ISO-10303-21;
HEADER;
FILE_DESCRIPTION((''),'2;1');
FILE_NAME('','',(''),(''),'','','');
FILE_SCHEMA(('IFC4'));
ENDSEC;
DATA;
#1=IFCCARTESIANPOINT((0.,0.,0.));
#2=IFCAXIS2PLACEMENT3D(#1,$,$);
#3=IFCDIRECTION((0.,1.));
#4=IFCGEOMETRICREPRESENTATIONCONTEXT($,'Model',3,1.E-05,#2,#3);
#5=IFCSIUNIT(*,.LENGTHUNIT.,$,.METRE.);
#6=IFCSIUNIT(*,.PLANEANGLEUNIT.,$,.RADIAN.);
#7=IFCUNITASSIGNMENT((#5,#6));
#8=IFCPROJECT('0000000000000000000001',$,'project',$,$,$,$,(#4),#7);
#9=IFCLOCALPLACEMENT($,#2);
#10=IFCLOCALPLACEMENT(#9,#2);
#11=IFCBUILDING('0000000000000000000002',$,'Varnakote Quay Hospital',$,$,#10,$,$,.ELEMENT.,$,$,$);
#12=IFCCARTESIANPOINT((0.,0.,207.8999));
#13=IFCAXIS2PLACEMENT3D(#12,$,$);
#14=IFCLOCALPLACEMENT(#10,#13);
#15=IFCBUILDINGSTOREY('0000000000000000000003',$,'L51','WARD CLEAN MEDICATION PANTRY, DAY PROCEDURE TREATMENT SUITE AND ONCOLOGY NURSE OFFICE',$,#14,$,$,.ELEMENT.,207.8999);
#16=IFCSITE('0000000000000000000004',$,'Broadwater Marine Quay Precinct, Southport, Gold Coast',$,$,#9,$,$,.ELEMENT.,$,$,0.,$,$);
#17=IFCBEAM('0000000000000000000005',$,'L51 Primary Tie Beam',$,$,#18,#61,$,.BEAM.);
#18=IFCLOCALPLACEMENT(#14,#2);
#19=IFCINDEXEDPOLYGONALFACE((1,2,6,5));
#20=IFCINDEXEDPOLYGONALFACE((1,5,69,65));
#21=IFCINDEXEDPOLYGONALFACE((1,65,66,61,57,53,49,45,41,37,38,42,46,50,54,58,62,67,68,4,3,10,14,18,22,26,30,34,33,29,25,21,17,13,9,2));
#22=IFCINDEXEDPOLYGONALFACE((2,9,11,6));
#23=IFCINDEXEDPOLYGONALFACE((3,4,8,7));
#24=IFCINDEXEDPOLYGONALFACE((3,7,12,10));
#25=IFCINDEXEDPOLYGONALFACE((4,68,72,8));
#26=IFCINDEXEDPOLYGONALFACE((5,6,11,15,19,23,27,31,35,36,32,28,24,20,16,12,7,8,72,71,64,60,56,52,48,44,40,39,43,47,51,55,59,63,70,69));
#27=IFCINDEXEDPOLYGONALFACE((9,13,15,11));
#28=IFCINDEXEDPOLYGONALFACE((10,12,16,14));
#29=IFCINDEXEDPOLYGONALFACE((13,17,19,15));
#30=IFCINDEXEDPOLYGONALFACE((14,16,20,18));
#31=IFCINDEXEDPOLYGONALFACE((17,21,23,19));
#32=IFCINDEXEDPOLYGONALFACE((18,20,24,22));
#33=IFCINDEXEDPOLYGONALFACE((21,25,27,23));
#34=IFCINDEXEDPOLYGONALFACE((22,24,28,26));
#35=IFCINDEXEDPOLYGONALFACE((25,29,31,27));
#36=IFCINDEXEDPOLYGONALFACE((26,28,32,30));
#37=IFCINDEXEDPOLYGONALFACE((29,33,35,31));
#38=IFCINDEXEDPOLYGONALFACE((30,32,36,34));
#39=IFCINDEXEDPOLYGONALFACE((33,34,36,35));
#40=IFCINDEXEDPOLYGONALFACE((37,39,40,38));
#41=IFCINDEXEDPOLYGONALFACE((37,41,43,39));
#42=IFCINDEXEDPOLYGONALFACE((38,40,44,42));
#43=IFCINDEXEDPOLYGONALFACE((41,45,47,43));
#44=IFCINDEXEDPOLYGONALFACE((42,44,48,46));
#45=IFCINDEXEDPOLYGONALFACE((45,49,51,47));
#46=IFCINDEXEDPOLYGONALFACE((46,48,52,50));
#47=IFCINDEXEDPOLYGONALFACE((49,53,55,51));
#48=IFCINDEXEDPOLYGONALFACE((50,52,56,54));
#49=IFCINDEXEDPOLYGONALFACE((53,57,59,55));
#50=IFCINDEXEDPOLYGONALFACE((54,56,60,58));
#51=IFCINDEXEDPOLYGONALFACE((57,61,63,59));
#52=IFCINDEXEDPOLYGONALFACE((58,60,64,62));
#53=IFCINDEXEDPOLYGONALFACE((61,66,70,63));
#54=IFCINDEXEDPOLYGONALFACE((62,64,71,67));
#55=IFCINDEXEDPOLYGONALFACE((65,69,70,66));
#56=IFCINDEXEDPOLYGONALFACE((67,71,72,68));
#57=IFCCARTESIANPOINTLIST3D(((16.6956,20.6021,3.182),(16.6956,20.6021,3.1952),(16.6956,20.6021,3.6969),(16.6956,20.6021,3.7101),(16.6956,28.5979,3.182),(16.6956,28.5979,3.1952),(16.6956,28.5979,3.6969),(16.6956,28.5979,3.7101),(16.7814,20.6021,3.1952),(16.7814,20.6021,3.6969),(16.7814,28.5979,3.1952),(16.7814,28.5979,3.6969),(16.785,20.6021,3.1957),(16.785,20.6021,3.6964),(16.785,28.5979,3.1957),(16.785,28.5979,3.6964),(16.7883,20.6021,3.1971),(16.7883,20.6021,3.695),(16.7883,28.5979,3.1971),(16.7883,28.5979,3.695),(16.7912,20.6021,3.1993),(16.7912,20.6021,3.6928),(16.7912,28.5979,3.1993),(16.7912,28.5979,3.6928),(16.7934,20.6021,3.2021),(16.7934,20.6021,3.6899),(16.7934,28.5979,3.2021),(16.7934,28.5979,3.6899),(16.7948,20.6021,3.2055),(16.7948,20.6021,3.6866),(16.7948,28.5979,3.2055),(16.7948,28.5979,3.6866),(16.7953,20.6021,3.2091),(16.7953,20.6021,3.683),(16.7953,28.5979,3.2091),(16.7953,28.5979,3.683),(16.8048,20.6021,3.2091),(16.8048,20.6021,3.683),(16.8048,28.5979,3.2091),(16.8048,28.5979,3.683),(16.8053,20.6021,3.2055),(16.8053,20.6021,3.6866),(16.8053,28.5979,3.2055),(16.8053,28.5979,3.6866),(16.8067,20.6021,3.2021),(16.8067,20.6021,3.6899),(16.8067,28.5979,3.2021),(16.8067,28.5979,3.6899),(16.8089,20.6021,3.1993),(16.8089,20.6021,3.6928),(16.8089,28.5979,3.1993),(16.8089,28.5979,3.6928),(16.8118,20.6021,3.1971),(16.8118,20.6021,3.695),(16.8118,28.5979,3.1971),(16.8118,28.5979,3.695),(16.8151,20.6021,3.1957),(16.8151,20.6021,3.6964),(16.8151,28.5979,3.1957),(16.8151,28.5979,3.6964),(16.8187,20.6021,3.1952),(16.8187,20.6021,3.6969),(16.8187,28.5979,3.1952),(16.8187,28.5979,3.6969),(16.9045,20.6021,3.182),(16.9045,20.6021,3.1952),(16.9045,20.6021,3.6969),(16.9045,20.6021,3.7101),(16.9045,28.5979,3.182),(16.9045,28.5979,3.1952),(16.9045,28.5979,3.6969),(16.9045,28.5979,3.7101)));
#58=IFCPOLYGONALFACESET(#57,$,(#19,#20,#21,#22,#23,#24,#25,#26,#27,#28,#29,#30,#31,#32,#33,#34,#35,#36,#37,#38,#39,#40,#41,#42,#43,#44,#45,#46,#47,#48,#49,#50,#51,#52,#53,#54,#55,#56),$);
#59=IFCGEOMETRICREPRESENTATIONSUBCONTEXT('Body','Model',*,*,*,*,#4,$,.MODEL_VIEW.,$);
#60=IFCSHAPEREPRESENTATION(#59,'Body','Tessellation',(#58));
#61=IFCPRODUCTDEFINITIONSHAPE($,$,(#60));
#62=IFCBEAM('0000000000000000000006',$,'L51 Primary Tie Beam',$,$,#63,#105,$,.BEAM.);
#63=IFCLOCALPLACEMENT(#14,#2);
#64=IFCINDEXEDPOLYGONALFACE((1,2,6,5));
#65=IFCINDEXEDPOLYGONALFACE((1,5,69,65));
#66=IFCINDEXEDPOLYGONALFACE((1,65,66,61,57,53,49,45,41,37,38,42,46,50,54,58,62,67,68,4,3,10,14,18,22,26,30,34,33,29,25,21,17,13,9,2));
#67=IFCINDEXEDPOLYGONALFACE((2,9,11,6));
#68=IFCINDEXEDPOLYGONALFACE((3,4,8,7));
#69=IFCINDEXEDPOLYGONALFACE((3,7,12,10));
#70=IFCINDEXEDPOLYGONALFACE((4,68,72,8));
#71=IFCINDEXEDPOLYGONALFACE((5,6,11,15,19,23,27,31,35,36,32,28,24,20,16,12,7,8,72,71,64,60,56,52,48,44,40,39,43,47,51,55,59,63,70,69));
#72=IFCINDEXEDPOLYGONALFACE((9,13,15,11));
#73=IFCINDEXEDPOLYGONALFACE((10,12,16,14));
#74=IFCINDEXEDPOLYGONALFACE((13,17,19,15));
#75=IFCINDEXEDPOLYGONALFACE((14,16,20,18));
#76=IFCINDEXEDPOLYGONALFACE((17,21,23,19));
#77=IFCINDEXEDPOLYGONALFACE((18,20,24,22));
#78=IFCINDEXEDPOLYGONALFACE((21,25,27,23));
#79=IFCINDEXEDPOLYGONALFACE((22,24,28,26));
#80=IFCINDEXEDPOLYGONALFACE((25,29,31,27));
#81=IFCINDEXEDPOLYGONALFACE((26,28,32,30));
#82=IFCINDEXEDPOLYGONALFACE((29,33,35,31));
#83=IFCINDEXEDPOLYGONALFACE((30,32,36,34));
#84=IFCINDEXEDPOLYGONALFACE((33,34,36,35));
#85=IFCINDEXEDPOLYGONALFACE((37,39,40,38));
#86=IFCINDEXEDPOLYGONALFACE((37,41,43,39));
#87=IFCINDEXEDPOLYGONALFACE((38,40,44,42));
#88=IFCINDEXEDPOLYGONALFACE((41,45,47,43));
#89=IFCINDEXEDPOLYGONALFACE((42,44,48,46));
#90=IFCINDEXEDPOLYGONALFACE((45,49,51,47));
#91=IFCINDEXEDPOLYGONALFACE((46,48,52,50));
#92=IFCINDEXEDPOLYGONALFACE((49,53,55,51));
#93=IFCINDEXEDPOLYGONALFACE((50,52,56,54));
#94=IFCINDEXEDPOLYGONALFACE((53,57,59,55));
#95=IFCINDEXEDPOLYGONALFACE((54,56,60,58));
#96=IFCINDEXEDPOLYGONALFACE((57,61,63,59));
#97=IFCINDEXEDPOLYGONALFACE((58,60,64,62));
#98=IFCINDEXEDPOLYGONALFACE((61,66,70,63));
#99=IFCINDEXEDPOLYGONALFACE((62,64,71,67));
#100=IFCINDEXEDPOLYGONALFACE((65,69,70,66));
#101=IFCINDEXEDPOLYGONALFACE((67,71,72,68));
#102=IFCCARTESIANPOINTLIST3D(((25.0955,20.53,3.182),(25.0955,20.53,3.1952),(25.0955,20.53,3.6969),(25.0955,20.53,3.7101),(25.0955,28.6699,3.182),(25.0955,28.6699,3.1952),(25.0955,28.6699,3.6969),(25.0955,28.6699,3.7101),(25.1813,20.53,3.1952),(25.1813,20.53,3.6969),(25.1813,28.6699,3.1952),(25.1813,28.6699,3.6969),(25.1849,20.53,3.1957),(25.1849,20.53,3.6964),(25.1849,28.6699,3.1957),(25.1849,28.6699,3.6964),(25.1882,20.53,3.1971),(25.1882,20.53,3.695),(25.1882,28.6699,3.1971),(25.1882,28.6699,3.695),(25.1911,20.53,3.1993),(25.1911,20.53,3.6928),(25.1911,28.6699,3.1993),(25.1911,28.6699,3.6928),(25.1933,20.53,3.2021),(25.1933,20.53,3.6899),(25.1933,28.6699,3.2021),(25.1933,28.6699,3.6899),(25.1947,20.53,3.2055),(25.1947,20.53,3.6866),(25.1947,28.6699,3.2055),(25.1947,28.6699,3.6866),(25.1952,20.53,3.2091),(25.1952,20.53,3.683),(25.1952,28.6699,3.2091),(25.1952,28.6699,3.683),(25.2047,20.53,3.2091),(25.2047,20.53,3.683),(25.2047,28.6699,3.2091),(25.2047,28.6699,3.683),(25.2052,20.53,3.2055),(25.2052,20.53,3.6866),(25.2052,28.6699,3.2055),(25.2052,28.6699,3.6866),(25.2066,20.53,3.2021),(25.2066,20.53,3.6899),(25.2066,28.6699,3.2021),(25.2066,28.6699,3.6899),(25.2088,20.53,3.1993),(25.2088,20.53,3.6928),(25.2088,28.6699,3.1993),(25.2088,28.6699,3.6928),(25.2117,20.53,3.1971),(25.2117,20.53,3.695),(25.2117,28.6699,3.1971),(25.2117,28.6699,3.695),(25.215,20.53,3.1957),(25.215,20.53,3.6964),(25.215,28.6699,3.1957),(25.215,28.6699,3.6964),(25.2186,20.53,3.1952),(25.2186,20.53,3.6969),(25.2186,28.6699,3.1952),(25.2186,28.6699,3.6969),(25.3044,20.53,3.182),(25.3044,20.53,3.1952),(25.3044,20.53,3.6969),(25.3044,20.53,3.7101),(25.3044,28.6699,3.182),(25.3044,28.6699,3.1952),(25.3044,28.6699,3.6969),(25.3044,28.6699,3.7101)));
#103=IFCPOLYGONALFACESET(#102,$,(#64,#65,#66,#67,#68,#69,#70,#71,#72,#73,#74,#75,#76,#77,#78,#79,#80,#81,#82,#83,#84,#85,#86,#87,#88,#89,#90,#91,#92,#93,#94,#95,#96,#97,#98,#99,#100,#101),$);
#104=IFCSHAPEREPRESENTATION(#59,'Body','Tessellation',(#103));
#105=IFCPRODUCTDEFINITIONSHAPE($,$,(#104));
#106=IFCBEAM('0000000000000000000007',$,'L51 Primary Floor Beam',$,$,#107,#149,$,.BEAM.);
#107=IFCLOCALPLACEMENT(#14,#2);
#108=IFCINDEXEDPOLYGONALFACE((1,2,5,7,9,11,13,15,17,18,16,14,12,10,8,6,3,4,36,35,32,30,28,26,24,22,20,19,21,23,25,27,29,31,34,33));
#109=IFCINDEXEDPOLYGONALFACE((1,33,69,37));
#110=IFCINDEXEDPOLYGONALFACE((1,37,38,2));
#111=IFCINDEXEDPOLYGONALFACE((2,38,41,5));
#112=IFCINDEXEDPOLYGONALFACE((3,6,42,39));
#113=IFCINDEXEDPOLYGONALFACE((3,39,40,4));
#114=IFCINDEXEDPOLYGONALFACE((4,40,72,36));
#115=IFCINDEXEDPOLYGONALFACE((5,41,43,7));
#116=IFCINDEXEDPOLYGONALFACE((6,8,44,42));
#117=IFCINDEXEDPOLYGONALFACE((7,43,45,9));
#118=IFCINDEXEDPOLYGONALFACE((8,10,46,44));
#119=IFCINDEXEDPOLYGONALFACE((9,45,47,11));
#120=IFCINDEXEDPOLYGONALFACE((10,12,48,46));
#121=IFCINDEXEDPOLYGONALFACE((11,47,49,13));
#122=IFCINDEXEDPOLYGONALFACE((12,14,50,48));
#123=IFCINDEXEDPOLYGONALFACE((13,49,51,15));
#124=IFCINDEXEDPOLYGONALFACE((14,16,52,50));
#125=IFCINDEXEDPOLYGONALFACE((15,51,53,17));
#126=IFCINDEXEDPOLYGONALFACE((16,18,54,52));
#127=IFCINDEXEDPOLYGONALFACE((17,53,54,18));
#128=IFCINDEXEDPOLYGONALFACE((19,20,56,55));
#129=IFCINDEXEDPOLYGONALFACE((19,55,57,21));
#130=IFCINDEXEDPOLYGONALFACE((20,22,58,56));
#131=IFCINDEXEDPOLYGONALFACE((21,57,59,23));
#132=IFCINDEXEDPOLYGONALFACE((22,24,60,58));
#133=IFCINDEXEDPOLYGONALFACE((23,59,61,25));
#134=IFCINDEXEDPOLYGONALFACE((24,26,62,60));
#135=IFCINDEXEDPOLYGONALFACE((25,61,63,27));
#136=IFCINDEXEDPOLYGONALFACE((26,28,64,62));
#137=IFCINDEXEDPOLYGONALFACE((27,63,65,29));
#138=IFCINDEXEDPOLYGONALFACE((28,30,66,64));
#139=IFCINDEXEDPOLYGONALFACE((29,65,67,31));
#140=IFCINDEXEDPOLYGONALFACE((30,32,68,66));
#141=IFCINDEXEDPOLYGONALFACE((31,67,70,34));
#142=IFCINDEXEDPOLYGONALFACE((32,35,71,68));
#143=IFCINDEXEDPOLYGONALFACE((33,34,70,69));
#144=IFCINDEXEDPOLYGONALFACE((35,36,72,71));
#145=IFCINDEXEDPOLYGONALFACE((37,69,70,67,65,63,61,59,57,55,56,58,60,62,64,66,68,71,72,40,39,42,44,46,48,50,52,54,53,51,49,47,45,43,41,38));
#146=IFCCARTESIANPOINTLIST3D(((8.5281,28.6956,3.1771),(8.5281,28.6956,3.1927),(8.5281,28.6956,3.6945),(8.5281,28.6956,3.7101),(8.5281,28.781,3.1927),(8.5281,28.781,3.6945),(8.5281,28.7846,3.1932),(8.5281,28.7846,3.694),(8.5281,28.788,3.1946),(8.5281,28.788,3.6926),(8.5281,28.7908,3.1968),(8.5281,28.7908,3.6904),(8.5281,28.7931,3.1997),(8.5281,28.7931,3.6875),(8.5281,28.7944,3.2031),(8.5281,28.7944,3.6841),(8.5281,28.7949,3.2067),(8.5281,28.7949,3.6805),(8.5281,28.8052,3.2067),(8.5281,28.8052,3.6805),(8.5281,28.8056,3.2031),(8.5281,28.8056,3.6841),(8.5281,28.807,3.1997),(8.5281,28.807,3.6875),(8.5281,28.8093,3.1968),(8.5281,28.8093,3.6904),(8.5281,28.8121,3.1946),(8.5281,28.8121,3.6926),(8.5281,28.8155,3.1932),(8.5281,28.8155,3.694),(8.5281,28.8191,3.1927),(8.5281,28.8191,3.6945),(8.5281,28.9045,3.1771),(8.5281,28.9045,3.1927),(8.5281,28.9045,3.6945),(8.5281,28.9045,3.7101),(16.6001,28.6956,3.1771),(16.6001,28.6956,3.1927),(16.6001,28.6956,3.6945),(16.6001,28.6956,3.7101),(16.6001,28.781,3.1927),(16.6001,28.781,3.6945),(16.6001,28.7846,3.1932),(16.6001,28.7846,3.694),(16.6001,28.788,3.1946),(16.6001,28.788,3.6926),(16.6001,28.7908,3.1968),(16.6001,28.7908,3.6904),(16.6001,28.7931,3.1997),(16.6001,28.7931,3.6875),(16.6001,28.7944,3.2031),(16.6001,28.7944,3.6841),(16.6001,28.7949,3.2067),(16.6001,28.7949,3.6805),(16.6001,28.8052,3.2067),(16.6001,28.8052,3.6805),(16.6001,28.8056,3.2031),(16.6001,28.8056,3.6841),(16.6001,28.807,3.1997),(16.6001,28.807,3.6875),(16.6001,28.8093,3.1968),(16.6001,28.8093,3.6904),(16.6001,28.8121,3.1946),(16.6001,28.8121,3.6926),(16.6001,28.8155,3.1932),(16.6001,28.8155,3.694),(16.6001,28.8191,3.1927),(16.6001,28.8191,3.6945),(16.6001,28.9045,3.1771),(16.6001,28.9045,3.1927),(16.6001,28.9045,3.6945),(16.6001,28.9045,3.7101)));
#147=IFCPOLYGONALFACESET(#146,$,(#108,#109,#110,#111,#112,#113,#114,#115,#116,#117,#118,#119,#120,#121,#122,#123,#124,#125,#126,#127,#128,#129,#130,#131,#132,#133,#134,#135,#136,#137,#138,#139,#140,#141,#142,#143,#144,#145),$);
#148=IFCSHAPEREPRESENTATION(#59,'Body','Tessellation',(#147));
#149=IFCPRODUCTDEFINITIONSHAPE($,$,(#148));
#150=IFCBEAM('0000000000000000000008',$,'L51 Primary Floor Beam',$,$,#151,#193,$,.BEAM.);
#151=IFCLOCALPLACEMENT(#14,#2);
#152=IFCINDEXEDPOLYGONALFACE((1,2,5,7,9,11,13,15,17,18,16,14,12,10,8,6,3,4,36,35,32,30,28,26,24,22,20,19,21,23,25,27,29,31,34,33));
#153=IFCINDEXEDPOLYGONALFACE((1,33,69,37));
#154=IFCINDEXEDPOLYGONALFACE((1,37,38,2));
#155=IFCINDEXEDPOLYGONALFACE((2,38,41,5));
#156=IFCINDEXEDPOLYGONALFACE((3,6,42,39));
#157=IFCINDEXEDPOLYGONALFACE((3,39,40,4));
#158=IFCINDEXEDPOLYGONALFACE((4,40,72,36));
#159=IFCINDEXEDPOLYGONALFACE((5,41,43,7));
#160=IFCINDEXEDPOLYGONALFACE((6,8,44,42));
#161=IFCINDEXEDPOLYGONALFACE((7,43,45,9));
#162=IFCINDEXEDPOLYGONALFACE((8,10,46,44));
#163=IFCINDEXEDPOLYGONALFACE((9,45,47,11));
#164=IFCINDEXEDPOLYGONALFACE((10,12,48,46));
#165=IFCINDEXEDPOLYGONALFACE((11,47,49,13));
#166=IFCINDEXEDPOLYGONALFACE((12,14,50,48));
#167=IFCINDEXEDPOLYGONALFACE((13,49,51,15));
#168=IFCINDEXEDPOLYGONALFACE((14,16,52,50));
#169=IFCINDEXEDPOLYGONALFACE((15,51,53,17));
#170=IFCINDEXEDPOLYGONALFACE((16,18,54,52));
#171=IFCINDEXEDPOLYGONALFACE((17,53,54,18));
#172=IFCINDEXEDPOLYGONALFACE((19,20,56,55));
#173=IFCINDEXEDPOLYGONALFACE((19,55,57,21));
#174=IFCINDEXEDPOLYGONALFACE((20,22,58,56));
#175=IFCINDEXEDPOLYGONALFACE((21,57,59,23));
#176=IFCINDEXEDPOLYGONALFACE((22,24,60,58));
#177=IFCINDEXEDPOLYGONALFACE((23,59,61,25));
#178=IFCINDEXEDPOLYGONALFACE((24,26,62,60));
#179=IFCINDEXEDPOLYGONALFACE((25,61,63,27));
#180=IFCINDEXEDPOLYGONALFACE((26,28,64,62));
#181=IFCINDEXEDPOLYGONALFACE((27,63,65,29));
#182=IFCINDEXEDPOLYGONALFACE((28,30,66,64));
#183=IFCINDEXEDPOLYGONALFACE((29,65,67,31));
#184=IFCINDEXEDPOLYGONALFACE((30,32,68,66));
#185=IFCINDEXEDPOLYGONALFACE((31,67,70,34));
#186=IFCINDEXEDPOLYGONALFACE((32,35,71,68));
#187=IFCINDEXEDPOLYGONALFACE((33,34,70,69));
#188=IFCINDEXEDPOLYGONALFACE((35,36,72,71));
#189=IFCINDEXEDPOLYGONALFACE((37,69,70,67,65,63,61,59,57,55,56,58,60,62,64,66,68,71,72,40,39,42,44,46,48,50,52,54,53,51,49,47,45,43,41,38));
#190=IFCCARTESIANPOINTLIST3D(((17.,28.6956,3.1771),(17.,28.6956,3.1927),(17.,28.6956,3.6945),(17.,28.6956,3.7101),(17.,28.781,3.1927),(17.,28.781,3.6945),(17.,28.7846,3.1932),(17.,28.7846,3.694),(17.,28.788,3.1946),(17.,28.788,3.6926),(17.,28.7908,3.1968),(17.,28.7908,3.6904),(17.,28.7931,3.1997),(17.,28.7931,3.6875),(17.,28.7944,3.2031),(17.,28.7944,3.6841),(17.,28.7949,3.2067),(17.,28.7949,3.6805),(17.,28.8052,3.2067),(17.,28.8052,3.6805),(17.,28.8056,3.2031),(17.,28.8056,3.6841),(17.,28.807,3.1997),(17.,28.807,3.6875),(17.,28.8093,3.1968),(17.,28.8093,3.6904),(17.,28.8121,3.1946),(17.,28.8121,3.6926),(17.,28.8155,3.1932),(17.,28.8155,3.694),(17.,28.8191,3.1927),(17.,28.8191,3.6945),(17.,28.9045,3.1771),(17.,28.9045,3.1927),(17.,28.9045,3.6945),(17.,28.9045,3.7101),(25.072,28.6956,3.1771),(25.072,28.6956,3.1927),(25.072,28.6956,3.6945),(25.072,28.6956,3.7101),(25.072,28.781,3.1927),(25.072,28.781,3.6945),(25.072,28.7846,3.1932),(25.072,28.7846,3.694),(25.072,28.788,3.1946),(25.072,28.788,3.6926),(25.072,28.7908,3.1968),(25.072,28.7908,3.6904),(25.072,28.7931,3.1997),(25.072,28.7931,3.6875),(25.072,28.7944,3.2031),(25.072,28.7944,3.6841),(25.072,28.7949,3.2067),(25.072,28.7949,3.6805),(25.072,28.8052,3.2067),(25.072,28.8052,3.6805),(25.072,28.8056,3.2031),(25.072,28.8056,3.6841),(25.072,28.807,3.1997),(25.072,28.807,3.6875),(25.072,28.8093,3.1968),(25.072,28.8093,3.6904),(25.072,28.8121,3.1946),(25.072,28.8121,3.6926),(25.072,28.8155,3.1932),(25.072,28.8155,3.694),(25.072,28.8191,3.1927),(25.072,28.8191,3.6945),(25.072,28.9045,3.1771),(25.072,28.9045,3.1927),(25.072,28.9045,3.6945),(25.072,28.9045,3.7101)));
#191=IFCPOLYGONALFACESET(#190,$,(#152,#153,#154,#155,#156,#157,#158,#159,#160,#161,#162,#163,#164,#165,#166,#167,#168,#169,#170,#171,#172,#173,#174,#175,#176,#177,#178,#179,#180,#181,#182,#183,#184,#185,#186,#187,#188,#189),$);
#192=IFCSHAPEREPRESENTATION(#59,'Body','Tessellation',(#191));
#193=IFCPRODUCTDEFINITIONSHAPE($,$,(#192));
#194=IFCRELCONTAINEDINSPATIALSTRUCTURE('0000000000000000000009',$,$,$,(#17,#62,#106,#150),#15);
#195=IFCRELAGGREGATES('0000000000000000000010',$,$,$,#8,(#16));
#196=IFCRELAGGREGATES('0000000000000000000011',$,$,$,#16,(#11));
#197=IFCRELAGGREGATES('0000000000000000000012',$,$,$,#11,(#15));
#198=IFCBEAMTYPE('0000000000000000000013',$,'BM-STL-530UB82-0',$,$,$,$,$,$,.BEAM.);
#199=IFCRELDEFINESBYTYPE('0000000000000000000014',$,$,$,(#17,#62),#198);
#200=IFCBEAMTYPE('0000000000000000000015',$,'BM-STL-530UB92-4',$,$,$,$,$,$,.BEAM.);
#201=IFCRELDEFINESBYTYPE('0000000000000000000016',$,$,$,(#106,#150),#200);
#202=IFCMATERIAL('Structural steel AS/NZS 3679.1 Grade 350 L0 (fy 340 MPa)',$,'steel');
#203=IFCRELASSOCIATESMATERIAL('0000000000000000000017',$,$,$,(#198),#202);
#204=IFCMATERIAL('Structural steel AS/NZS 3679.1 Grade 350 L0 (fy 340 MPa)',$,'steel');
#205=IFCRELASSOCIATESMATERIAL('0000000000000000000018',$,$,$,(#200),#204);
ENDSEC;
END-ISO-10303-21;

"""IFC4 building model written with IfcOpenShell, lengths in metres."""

from ifc_helpers import new_model, si_unit, direction, frame, origin, origin_2d, place, context, subcontext, project, spatial, i_section, extrude, material, material_profile, profile_set, type_object, element, save


model = new_model("IFC4")

# Units and contexts
model_context = context("Model", 3, precision=1e-05, world=origin(), true_north=direction((0.0, 1.0)))
body_context = subcontext(model_context, "Body", "Model", "MODEL_VIEW")
ifc_project = project(units=[si_unit("LENGTHUNIT", "METRE"), si_unit("PLANEANGLEUNIT", "RADIAN")], contexts=[model_context])

# Site, building, storey
site_placement = place(None, origin())
site = spatial("IfcSite", under=ifc_project, at=site_placement, Name="Broadwater Marine Quay Precinct, Southport, Gold Coast", CompositionType="ELEMENT", RefElevation=0.0)
building_placement = place(site_placement, origin())
building = spatial("IfcBuilding", under=site, at=building_placement, Name="Varnakote Quay Hospital", CompositionType="ELEMENT")
storey_placement = place(building_placement, frame((0.0, 0.0, 207.8999)))
storey = spatial("IfcBuildingStorey", under=building, at=storey_placement, Name="L51", Description="WARD CLEAN MEDICATION PANTRY, DAY PROCEDURE TREATMENT SUITE AND ONCOLOGY NURSE OFFICE", CompositionType="ELEMENT", Elevation=207.8999)

# Beams
ifc_material_1 = material(Name="Structural steel AS/NZS 3679.1 Grade 350 L0 (fy 340 MPa)", Category="steel")
ifc_material_profile_1 = material_profile(ifc_material_1, i_section(OverallWidth=0.209, OverallDepth=0.5281, WebThickness=0.0095, FlangeThickness=0.0132, FilletRadius=0.0139, at=origin_2d()), Name="530UB82.0")
ifc_profile_set_1 = profile_set([ifc_material_profile_1], Name="Structural steel AS/NZS 3679.1 Grade 350 L0 (fy 340 MPa)")
beam_type_1 = type_object("IfcBeamType", Name="BM-STL-530UB82-0", PredefinedType="BEAM", material=ifc_profile_set_1)
beam_1_placement = place(storey_placement, frame((16.8, 20.6021, 3.446), z_axis=(0.0, 1.0, 0.0), x_axis=(-1.0, 0.0, 0.0)))
element("IfcBeam", 1, at=beam_1_placement, inside=storey, type_object=beam_type_1, Name="L51 Primary Tie Beam", PredefinedType="BEAM", context=body_context, shape_type="SweptSolid", body=[
    extrude(i_section(OverallWidth=0.209, OverallDepth=0.5281, WebThickness=0.0095, FlangeThickness=0.0132, FilletRadius=0.0139, at=origin_2d()), origin(), (0.0, 0.0, 1.0), 7.9958),
])
beam_2_placement = place(storey_placement, frame((25.2, 20.53, 3.446), z_axis=(0.0, 1.0, 0.0), x_axis=(-1.0, 0.0, 0.0)))
element("IfcBeam", 2, at=beam_2_placement, inside=storey, type_object=beam_type_1, Name="L51 Primary Tie Beam", PredefinedType="BEAM", context=body_context, shape_type="SweptSolid", body=[
    extrude(i_section(OverallWidth=0.209, OverallDepth=0.5281, WebThickness=0.0095, FlangeThickness=0.0132, FilletRadius=0.0139, at=origin_2d()), origin(), (0.0, 0.0, 1.0), 8.1399),
])
ifc_material_2 = material(Name="Structural steel AS/NZS 3679.1 Grade 350 L0 (fy 340 MPa)", Category="steel")
ifc_material_profile_2 = material_profile(ifc_material_2, i_section(OverallWidth=0.209, OverallDepth=0.533, WebThickness=0.0103, FlangeThickness=0.0156, FilletRadius=0.0139, at=origin_2d()), Name="530UB92.4")
ifc_profile_set_2 = profile_set([ifc_material_profile_2], Name="Structural steel AS/NZS 3679.1 Grade 350 L0 (fy 340 MPa)")
beam_type_2 = type_object("IfcBeamType", Name="BM-STL-530UB92-4", PredefinedType="BEAM", material=ifc_profile_set_2)
for number, where, z_axis, x_axis, name in (
    (3, (8.5281, 28.8, 3.4436), (1.0, 0.0, 0.0), (0.0, 1.0, 0.0), "L51 Primary Floor Beam"),
    (4, (17.0, 28.8, 3.4436), (1.0, 0.0, 0.0), (0.0, 1.0, 0.0), "L51 Primary Floor Beam"),
):
    element("IfcBeam", number, at=place(storey_placement, frame(where, z_axis=z_axis, x_axis=x_axis)), inside=storey, type_object=beam_type_2, Name=name, PredefinedType="BEAM", context=body_context, shape_type="SweptSolid", body=[
        extrude(i_section(OverallWidth=0.209, OverallDepth=0.533, WebThickness=0.0103, FlangeThickness=0.0156, FilletRadius=0.0139, at=origin_2d()), origin(), (0.0, 0.0, 1.0), 8.072),
    ])

save(model, "model.ifc")
